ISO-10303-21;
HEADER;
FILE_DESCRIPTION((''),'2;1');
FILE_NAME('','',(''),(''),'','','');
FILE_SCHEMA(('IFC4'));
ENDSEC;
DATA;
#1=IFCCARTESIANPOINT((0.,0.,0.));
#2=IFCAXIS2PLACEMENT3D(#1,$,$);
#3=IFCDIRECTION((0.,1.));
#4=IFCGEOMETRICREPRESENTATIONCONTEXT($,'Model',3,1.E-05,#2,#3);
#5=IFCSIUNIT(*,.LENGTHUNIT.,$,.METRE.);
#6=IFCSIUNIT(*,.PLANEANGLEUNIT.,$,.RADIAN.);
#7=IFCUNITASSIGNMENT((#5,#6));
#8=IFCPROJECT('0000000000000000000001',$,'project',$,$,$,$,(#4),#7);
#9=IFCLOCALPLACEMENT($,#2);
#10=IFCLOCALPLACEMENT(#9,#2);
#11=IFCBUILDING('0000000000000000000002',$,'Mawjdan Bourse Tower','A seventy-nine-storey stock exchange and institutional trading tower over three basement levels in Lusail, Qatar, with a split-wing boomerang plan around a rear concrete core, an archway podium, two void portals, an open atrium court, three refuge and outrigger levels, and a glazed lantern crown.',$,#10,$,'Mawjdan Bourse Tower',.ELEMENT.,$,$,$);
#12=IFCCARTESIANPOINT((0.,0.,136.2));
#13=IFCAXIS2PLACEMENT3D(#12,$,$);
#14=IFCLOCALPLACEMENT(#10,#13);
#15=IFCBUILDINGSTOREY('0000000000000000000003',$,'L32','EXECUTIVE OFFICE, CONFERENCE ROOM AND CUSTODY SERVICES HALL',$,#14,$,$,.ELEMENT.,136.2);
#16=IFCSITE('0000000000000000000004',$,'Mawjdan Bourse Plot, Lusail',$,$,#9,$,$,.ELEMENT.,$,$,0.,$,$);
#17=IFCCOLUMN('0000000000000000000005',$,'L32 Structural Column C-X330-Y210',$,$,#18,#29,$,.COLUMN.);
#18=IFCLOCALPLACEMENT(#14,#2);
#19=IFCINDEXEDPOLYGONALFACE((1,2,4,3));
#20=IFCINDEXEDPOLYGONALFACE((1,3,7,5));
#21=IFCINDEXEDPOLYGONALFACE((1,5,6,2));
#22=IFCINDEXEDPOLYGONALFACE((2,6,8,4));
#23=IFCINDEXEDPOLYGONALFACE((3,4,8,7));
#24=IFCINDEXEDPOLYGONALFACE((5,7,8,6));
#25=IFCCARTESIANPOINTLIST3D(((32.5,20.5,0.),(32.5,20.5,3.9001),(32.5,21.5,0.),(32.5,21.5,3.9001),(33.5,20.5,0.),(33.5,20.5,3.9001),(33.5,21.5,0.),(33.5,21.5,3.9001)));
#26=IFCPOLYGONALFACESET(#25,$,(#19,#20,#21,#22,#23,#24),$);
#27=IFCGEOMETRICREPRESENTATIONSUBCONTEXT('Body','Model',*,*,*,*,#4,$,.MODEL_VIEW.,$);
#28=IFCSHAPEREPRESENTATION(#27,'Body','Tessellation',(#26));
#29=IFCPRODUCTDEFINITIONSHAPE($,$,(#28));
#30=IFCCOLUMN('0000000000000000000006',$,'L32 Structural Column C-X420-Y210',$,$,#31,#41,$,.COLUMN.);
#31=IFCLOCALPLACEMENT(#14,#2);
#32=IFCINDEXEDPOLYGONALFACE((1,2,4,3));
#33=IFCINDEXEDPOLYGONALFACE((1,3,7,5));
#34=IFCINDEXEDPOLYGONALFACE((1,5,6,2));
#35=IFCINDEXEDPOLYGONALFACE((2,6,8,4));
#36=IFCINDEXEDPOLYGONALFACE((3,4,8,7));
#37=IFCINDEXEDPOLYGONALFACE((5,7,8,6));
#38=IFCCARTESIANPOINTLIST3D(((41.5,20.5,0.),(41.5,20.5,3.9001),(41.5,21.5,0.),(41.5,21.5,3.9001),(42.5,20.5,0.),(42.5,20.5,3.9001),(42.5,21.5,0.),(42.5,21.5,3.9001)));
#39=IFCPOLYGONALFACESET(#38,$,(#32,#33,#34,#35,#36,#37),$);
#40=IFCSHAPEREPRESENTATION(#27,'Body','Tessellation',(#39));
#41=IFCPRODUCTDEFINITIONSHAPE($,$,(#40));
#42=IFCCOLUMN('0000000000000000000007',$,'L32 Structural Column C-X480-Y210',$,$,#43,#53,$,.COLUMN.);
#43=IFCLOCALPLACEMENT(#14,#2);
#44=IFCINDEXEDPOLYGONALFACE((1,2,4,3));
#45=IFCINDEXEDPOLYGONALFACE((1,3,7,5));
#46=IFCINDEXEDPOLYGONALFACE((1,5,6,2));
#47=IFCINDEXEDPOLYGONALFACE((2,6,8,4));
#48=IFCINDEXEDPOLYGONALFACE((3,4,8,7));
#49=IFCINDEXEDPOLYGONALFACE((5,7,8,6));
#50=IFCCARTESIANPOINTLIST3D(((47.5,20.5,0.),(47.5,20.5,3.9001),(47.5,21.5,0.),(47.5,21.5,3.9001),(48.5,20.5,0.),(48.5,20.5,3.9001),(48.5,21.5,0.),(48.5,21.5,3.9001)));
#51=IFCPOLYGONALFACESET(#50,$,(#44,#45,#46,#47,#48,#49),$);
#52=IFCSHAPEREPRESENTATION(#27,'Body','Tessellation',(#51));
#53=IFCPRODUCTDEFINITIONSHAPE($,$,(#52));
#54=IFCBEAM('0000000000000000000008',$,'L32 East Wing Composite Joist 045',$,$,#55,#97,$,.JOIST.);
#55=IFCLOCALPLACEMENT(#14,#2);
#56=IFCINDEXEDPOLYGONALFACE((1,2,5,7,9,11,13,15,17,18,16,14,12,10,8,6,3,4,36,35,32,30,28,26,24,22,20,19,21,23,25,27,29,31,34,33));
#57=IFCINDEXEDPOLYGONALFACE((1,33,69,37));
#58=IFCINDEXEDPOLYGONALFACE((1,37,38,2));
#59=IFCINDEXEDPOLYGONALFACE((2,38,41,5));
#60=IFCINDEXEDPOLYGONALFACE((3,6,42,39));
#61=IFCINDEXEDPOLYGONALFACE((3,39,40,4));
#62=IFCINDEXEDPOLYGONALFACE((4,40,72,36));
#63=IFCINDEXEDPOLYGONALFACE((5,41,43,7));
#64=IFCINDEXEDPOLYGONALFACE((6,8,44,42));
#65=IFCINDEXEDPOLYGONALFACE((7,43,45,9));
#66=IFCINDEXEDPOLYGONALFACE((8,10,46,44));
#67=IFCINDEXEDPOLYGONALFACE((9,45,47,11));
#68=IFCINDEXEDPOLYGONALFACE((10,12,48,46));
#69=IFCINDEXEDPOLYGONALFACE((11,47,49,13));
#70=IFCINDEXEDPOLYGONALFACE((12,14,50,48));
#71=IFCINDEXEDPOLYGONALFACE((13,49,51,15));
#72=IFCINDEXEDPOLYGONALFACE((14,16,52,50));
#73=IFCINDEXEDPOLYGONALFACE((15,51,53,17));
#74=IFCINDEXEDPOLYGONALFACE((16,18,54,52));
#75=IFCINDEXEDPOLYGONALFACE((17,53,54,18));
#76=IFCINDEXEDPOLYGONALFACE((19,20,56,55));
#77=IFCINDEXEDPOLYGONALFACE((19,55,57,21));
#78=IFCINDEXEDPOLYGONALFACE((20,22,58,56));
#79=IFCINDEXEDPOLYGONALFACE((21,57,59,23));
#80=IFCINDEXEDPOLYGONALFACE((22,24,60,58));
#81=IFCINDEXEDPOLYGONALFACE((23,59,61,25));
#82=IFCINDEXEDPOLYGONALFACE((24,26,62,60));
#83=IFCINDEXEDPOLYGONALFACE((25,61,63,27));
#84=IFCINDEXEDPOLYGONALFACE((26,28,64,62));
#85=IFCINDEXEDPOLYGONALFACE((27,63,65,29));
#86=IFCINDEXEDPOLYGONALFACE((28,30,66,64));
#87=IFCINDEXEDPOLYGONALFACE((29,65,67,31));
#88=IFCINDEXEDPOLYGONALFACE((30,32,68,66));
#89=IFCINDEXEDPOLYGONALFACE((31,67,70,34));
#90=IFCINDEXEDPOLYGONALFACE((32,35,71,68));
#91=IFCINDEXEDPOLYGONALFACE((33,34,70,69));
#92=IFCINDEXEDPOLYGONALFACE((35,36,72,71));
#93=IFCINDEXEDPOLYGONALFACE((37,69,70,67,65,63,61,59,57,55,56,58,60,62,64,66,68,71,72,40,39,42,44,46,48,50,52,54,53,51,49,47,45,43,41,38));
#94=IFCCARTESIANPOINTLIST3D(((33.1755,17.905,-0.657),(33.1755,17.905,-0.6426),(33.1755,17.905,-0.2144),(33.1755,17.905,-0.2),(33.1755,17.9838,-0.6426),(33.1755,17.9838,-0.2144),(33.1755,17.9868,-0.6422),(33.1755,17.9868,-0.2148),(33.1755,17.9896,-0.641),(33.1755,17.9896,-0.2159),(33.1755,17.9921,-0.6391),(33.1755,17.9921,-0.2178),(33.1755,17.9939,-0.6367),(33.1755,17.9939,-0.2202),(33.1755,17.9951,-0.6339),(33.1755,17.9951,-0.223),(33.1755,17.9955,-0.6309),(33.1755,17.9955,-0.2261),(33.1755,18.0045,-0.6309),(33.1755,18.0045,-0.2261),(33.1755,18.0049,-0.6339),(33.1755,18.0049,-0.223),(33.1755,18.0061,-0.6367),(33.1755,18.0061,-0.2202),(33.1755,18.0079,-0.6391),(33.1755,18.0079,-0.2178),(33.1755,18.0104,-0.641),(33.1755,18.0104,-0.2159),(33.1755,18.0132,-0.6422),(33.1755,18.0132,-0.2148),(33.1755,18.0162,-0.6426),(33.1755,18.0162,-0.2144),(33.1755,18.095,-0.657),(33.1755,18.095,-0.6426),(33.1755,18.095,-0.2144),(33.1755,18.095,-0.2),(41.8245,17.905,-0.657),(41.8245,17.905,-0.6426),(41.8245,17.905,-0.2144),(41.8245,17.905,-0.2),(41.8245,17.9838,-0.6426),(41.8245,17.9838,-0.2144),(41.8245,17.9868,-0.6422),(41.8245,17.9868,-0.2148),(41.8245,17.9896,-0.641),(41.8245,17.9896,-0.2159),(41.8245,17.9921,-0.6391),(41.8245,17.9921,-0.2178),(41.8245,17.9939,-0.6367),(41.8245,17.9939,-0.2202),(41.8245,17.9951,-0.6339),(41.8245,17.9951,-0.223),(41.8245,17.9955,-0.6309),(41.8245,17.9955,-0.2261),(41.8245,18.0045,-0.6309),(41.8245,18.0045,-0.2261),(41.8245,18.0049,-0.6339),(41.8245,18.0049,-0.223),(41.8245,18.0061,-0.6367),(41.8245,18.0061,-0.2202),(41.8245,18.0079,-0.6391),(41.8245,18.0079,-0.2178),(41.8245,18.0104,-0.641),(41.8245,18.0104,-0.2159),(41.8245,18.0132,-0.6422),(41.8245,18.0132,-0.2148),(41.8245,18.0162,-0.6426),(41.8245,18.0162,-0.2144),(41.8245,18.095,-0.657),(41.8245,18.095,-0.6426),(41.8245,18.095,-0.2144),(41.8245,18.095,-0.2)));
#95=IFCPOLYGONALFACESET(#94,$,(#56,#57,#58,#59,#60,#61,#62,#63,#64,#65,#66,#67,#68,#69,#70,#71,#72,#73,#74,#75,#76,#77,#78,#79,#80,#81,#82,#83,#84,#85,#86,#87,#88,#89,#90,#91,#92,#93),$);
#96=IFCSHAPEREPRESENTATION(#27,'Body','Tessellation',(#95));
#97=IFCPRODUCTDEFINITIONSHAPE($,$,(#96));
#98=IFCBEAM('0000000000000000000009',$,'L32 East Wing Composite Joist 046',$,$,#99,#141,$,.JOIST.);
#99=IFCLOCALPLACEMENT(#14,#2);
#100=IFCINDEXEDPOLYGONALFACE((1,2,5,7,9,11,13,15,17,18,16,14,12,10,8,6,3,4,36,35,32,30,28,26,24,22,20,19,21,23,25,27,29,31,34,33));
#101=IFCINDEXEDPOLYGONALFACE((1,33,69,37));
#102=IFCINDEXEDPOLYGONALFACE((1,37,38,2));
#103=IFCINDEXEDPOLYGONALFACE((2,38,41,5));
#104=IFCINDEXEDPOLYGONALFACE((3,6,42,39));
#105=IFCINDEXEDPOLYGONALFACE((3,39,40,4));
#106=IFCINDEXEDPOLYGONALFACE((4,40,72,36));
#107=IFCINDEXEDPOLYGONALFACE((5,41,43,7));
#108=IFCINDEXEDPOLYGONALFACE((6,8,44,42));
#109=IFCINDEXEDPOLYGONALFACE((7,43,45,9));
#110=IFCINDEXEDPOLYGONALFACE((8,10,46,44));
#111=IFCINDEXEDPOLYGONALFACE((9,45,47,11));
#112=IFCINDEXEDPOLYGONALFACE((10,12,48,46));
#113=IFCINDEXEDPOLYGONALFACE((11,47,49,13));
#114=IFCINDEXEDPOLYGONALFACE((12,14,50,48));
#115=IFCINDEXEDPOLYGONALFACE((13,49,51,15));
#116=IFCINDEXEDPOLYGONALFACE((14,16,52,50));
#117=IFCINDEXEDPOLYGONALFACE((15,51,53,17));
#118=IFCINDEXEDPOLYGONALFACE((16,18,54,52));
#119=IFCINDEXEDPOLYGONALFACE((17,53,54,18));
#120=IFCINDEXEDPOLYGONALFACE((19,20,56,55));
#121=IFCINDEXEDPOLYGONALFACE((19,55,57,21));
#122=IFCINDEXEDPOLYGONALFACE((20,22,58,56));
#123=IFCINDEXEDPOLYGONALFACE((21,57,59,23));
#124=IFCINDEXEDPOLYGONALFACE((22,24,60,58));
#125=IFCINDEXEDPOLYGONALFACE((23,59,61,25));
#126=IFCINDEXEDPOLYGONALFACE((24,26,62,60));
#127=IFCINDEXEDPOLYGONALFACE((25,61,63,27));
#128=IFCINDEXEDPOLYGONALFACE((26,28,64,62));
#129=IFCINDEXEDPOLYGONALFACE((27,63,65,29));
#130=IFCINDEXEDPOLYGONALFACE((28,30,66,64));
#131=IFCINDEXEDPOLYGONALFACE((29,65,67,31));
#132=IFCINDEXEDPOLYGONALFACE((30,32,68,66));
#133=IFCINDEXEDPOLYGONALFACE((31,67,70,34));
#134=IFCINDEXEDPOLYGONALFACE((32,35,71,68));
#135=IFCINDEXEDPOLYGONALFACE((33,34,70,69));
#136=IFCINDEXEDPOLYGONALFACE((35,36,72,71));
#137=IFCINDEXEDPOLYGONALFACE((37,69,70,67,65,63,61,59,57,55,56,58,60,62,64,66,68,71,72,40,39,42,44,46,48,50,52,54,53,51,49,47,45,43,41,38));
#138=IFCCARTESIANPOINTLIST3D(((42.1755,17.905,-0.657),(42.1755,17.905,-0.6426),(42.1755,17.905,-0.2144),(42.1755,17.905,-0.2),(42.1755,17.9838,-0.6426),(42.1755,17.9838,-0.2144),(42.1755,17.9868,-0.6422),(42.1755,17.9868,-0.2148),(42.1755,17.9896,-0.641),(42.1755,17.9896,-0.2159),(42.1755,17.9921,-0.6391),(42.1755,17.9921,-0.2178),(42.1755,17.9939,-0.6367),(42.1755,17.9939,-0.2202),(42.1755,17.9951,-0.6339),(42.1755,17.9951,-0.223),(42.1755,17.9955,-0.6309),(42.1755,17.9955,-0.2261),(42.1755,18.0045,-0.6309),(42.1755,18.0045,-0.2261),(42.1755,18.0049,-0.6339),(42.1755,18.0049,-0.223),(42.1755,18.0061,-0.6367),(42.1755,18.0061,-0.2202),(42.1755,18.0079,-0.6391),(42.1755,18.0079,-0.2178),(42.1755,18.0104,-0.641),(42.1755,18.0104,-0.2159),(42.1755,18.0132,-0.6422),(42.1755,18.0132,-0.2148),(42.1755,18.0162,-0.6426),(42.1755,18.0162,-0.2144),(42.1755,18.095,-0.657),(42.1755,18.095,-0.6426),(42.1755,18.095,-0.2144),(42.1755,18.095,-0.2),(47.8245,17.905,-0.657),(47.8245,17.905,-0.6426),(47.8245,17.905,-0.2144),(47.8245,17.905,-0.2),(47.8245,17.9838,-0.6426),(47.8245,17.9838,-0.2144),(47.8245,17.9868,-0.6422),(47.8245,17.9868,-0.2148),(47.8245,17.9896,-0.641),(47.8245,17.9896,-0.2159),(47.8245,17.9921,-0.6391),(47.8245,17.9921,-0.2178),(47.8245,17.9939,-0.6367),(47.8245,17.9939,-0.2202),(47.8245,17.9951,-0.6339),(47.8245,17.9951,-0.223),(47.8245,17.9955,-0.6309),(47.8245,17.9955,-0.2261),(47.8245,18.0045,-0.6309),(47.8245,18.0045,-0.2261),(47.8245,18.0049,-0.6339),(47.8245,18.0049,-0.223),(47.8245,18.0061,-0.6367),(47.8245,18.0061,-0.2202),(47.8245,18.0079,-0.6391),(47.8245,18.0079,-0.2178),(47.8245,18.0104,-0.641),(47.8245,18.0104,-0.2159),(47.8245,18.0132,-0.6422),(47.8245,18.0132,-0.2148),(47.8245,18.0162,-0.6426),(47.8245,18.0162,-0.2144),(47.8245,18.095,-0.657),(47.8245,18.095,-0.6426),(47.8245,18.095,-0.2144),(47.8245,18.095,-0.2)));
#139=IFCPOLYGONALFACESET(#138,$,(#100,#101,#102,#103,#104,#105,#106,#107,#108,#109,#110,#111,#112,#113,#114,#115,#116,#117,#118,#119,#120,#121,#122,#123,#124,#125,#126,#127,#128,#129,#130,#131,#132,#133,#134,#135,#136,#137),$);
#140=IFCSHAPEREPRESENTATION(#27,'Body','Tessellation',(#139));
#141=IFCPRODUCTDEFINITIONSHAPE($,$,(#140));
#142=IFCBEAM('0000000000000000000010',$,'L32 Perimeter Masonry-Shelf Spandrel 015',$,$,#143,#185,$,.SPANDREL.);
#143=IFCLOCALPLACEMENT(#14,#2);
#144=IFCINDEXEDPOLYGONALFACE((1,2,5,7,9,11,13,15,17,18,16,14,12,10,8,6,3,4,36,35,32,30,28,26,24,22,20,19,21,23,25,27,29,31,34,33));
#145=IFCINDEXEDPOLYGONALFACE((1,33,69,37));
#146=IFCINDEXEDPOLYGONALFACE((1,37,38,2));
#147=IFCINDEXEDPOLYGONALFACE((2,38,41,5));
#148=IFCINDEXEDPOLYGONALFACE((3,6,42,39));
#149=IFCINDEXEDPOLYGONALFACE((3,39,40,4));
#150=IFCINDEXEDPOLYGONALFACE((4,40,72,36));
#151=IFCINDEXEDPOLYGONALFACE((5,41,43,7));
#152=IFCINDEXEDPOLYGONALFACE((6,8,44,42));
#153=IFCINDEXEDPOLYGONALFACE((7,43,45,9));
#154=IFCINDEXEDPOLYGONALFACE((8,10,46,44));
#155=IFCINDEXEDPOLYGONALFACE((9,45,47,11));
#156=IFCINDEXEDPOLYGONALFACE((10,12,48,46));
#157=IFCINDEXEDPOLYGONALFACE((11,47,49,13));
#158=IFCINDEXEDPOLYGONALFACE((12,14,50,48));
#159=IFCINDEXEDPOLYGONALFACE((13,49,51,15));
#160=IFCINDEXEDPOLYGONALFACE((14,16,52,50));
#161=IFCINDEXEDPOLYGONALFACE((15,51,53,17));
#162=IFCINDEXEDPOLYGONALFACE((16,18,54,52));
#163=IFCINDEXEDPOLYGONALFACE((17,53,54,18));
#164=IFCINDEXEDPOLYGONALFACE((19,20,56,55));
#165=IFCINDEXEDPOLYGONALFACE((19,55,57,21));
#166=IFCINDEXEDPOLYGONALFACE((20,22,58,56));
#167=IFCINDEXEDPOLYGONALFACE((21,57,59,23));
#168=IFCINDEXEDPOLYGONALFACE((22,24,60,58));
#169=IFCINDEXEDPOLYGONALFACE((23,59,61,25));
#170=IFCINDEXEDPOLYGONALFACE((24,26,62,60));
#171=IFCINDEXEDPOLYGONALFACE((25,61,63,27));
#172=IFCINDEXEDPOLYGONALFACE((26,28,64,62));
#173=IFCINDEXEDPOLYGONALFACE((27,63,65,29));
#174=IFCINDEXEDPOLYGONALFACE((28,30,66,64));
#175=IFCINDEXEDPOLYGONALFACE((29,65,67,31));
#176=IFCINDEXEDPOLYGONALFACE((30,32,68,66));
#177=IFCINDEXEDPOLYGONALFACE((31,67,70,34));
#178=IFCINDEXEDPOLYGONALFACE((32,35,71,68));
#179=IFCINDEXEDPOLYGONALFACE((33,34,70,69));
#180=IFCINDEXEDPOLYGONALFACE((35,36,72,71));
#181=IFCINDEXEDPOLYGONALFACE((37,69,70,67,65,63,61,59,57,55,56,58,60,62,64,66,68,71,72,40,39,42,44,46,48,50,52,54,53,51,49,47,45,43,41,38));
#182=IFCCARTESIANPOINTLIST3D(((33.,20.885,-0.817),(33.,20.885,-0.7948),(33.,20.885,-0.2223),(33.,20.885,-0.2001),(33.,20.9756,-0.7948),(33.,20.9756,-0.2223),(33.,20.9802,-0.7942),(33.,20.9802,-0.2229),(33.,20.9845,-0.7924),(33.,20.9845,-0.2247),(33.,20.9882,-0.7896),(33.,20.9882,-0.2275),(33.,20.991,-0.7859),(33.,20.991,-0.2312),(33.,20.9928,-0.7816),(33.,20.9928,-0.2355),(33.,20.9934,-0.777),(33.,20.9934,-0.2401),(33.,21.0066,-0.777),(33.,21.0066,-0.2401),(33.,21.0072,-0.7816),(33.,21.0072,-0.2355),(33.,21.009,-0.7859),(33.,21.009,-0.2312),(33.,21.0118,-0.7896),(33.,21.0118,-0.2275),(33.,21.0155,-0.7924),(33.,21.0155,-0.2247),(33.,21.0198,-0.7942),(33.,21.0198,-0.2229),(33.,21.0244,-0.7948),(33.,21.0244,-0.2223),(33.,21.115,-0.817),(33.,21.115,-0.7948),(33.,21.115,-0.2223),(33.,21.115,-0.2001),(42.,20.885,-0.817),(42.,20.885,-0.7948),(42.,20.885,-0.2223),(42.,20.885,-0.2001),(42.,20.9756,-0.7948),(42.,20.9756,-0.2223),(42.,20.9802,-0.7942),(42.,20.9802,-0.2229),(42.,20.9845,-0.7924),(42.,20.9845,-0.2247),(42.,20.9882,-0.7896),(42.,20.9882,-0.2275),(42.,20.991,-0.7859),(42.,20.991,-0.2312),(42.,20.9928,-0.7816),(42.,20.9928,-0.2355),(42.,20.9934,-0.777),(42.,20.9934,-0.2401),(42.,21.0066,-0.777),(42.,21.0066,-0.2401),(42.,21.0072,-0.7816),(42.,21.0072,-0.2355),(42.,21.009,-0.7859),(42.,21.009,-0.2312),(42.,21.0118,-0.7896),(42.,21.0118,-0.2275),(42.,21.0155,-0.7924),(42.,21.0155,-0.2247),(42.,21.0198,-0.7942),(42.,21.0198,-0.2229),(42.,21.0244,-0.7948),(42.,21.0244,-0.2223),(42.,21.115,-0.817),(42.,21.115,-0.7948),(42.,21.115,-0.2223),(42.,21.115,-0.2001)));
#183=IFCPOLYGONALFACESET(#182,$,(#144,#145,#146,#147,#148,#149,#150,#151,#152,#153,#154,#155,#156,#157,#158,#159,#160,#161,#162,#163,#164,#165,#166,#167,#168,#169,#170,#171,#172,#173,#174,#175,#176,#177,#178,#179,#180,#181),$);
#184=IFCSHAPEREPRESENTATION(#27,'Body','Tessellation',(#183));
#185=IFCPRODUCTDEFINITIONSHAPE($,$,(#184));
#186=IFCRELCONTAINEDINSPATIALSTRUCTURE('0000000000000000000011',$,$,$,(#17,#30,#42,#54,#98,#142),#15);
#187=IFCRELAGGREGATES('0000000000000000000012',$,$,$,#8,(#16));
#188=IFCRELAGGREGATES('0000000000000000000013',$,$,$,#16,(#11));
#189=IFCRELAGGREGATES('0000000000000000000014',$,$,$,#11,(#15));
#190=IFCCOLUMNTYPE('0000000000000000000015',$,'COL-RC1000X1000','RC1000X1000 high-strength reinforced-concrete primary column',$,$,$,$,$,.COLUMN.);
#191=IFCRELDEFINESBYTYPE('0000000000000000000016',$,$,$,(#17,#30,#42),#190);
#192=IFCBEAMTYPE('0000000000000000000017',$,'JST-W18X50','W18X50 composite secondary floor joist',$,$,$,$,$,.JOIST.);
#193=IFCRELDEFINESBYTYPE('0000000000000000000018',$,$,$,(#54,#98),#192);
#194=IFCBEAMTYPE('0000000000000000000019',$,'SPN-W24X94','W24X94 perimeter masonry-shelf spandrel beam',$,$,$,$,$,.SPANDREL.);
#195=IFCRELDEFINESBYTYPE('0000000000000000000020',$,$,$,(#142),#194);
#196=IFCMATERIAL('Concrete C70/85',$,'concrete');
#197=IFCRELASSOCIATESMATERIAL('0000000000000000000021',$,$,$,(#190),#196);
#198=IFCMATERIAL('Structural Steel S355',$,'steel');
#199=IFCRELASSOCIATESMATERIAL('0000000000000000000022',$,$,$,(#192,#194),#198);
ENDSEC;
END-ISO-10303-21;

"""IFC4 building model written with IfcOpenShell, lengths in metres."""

from ifc_helpers import new_model, si_unit, direction, frame, origin, origin_2d, place, context, subcontext, project, spatial, rectangle, i_section, extrude, material, material_profile, profile_set, type_object, element, save


model = new_model("IFC4")

# Units and contexts
model_context = context("Model", 3, precision=1e-05, world=origin(), true_north=direction((0.0, 1.0)))
body_context = subcontext(model_context, "Body", "Model", "MODEL_VIEW")
ifc_project = project(units=[si_unit("LENGTHUNIT", "METRE"), si_unit("PLANEANGLEUNIT", "RADIAN")], contexts=[model_context])

# Site, building, storey
site_placement = place(None, origin())
site = spatial("IfcSite", under=ifc_project, at=site_placement, Name="Mawjdan Bourse Plot, Lusail", CompositionType="ELEMENT", RefElevation=0.0)
building_placement = place(site_placement, origin())
building = spatial("IfcBuilding", under=site, at=building_placement, Name="Mawjdan Bourse Tower", Description="A seventy-nine-storey stock exchange and institutional trading tower over three basement levels in Lusail, Qatar, with a split-wing boomerang plan around a rear concrete core, an archway podium, two void portals, an open atrium court, three refuge and outrigger levels, and a glazed lantern crown.", LongName="Mawjdan Bourse Tower", CompositionType="ELEMENT")
storey_placement = place(building_placement, frame((0.0, 0.0, 136.2)))
storey = spatial("IfcBuildingStorey", under=building, at=storey_placement, Name="L32", Description="EXECUTIVE OFFICE, CONFERENCE ROOM AND CUSTODY SERVICES HALL", CompositionType="ELEMENT", Elevation=136.2)

# Columns
ifc_material_1 = material(Name="Concrete C70/85", Category="concrete")
ifc_material_profile_1 = material_profile(ifc_material_1, rectangle(XDim=1.0, YDim=1.0, at=origin_2d()), Name="RC1000X1000")
ifc_profile_set_1 = profile_set([ifc_material_profile_1], Name="Concrete C70/85")
column_type = type_object("IfcColumnType", Name="COL-RC1000X1000", Description="RC1000X1000 high-strength reinforced-concrete primary column", PredefinedType="COLUMN", material=ifc_profile_set_1)
for number, where, z_axis, x_axis, name in (
    (1, (33.0, 21.0, 0.0), (0.0, 0.0, 1.0), (1.0, 0.0, 0.0), "L32 Structural Column C-X330-Y210"),
    (2, (42.0, 21.0, 0.0), (0.0, 0.0, 1.0), (1.0, 0.0, 0.0), "L32 Structural Column C-X420-Y210"),
    (3, (48.0, 21.0, 0.0), (0.0, 0.0, 1.0), (1.0, 0.0, 0.0), "L32 Structural Column C-X480-Y210"),
):
    element("IfcColumn", number, at=place(storey_placement, frame(where, z_axis=z_axis, x_axis=x_axis)), inside=storey, type_object=column_type, Name=name, PredefinedType="COLUMN", context=body_context, shape_type="SweptSolid", body=[
        extrude(rectangle(XDim=1.0, YDim=1.0, at=origin_2d()), origin(), (0.0, 0.0, 1.0), 3.9001),
    ])

# Beams
ifc_material_2 = material(Name="Structural Steel S355", Category="steel")
ifc_material_profile_2 = material_profile(ifc_material_2, i_section(OverallWidth=0.1899, OverallDepth=0.457, WebThickness=0.009, FlangeThickness=0.0144, FilletRadius=0.0117, at=origin_2d()), Name="W18X50")
ifc_profile_set_2 = profile_set([ifc_material_profile_2], Name="Structural Steel S355")
beam_type_1 = type_object("IfcBeamType", Name="JST-W18X50", Description="W18X50 composite secondary floor joist", PredefinedType="JOIST", material=ifc_profile_set_2)
beam_1_placement = place(storey_placement, frame((33.1755, 18.0, -0.4285), z_axis=(1.0, 0.0, 0.0), x_axis=(0.0, 1.0, 0.0)))
element("IfcBeam", 4, at=beam_1_placement, inside=storey, type_object=beam_type_1, Name="L32 East Wing Composite Joist 045", PredefinedType="JOIST", context=body_context, shape_type="SweptSolid", body=[
    extrude(i_section(OverallWidth=0.1899, OverallDepth=0.457, WebThickness=0.009, FlangeThickness=0.0144, FilletRadius=0.0117, at=origin_2d()), origin(), (0.0, 0.0, 1.0), 8.6489),
])
beam_2_placement = place(storey_placement, frame((42.1755, 18.0, -0.4285), z_axis=(1.0, 0.0, 0.0), x_axis=(0.0, 1.0, 0.0)))
element("IfcBeam", 5, at=beam_2_placement, inside=storey, type_object=beam_type_1, Name="L32 East Wing Composite Joist 046", PredefinedType="JOIST", context=body_context, shape_type="SweptSolid", body=[
    extrude(i_section(OverallWidth=0.1899, OverallDepth=0.457, WebThickness=0.009, FlangeThickness=0.0144, FilletRadius=0.0117, at=origin_2d()), origin(), (0.0, 0.0, 1.0), 5.6489),
])
ifc_material_profile_3 = material_profile(ifc_material_2, i_section(OverallWidth=0.23, OverallDepth=0.6169, WebThickness=0.0132, FlangeThickness=0.0222, FilletRadius=0.0178, at=origin_2d()), Name="W24X94")
ifc_profile_set_3 = profile_set([ifc_material_profile_3], Name="Structural Steel S355")
beam_type_2 = type_object("IfcBeamType", Name="SPN-W24X94", Description="W24X94 perimeter masonry-shelf spandrel beam", PredefinedType="SPANDREL", material=ifc_profile_set_3)
beam_3_placement = place(storey_placement, frame((33.0, 21.0, -0.5085), z_axis=(1.0, 0.0, 0.0), x_axis=(0.0, 1.0, 0.0)))
element("IfcBeam", 6, at=beam_3_placement, inside=storey, type_object=beam_type_2, Name="L32 Perimeter Masonry-Shelf Spandrel 015", PredefinedType="SPANDREL", context=body_context, shape_type="SweptSolid", body=[
    extrude(i_section(OverallWidth=0.23, OverallDepth=0.6169, WebThickness=0.0132, FlangeThickness=0.0222, FilletRadius=0.0178, at=origin_2d()), origin(), (0.0, 0.0, 1.0), 9.0),
])

save(model, "model.ifc")
